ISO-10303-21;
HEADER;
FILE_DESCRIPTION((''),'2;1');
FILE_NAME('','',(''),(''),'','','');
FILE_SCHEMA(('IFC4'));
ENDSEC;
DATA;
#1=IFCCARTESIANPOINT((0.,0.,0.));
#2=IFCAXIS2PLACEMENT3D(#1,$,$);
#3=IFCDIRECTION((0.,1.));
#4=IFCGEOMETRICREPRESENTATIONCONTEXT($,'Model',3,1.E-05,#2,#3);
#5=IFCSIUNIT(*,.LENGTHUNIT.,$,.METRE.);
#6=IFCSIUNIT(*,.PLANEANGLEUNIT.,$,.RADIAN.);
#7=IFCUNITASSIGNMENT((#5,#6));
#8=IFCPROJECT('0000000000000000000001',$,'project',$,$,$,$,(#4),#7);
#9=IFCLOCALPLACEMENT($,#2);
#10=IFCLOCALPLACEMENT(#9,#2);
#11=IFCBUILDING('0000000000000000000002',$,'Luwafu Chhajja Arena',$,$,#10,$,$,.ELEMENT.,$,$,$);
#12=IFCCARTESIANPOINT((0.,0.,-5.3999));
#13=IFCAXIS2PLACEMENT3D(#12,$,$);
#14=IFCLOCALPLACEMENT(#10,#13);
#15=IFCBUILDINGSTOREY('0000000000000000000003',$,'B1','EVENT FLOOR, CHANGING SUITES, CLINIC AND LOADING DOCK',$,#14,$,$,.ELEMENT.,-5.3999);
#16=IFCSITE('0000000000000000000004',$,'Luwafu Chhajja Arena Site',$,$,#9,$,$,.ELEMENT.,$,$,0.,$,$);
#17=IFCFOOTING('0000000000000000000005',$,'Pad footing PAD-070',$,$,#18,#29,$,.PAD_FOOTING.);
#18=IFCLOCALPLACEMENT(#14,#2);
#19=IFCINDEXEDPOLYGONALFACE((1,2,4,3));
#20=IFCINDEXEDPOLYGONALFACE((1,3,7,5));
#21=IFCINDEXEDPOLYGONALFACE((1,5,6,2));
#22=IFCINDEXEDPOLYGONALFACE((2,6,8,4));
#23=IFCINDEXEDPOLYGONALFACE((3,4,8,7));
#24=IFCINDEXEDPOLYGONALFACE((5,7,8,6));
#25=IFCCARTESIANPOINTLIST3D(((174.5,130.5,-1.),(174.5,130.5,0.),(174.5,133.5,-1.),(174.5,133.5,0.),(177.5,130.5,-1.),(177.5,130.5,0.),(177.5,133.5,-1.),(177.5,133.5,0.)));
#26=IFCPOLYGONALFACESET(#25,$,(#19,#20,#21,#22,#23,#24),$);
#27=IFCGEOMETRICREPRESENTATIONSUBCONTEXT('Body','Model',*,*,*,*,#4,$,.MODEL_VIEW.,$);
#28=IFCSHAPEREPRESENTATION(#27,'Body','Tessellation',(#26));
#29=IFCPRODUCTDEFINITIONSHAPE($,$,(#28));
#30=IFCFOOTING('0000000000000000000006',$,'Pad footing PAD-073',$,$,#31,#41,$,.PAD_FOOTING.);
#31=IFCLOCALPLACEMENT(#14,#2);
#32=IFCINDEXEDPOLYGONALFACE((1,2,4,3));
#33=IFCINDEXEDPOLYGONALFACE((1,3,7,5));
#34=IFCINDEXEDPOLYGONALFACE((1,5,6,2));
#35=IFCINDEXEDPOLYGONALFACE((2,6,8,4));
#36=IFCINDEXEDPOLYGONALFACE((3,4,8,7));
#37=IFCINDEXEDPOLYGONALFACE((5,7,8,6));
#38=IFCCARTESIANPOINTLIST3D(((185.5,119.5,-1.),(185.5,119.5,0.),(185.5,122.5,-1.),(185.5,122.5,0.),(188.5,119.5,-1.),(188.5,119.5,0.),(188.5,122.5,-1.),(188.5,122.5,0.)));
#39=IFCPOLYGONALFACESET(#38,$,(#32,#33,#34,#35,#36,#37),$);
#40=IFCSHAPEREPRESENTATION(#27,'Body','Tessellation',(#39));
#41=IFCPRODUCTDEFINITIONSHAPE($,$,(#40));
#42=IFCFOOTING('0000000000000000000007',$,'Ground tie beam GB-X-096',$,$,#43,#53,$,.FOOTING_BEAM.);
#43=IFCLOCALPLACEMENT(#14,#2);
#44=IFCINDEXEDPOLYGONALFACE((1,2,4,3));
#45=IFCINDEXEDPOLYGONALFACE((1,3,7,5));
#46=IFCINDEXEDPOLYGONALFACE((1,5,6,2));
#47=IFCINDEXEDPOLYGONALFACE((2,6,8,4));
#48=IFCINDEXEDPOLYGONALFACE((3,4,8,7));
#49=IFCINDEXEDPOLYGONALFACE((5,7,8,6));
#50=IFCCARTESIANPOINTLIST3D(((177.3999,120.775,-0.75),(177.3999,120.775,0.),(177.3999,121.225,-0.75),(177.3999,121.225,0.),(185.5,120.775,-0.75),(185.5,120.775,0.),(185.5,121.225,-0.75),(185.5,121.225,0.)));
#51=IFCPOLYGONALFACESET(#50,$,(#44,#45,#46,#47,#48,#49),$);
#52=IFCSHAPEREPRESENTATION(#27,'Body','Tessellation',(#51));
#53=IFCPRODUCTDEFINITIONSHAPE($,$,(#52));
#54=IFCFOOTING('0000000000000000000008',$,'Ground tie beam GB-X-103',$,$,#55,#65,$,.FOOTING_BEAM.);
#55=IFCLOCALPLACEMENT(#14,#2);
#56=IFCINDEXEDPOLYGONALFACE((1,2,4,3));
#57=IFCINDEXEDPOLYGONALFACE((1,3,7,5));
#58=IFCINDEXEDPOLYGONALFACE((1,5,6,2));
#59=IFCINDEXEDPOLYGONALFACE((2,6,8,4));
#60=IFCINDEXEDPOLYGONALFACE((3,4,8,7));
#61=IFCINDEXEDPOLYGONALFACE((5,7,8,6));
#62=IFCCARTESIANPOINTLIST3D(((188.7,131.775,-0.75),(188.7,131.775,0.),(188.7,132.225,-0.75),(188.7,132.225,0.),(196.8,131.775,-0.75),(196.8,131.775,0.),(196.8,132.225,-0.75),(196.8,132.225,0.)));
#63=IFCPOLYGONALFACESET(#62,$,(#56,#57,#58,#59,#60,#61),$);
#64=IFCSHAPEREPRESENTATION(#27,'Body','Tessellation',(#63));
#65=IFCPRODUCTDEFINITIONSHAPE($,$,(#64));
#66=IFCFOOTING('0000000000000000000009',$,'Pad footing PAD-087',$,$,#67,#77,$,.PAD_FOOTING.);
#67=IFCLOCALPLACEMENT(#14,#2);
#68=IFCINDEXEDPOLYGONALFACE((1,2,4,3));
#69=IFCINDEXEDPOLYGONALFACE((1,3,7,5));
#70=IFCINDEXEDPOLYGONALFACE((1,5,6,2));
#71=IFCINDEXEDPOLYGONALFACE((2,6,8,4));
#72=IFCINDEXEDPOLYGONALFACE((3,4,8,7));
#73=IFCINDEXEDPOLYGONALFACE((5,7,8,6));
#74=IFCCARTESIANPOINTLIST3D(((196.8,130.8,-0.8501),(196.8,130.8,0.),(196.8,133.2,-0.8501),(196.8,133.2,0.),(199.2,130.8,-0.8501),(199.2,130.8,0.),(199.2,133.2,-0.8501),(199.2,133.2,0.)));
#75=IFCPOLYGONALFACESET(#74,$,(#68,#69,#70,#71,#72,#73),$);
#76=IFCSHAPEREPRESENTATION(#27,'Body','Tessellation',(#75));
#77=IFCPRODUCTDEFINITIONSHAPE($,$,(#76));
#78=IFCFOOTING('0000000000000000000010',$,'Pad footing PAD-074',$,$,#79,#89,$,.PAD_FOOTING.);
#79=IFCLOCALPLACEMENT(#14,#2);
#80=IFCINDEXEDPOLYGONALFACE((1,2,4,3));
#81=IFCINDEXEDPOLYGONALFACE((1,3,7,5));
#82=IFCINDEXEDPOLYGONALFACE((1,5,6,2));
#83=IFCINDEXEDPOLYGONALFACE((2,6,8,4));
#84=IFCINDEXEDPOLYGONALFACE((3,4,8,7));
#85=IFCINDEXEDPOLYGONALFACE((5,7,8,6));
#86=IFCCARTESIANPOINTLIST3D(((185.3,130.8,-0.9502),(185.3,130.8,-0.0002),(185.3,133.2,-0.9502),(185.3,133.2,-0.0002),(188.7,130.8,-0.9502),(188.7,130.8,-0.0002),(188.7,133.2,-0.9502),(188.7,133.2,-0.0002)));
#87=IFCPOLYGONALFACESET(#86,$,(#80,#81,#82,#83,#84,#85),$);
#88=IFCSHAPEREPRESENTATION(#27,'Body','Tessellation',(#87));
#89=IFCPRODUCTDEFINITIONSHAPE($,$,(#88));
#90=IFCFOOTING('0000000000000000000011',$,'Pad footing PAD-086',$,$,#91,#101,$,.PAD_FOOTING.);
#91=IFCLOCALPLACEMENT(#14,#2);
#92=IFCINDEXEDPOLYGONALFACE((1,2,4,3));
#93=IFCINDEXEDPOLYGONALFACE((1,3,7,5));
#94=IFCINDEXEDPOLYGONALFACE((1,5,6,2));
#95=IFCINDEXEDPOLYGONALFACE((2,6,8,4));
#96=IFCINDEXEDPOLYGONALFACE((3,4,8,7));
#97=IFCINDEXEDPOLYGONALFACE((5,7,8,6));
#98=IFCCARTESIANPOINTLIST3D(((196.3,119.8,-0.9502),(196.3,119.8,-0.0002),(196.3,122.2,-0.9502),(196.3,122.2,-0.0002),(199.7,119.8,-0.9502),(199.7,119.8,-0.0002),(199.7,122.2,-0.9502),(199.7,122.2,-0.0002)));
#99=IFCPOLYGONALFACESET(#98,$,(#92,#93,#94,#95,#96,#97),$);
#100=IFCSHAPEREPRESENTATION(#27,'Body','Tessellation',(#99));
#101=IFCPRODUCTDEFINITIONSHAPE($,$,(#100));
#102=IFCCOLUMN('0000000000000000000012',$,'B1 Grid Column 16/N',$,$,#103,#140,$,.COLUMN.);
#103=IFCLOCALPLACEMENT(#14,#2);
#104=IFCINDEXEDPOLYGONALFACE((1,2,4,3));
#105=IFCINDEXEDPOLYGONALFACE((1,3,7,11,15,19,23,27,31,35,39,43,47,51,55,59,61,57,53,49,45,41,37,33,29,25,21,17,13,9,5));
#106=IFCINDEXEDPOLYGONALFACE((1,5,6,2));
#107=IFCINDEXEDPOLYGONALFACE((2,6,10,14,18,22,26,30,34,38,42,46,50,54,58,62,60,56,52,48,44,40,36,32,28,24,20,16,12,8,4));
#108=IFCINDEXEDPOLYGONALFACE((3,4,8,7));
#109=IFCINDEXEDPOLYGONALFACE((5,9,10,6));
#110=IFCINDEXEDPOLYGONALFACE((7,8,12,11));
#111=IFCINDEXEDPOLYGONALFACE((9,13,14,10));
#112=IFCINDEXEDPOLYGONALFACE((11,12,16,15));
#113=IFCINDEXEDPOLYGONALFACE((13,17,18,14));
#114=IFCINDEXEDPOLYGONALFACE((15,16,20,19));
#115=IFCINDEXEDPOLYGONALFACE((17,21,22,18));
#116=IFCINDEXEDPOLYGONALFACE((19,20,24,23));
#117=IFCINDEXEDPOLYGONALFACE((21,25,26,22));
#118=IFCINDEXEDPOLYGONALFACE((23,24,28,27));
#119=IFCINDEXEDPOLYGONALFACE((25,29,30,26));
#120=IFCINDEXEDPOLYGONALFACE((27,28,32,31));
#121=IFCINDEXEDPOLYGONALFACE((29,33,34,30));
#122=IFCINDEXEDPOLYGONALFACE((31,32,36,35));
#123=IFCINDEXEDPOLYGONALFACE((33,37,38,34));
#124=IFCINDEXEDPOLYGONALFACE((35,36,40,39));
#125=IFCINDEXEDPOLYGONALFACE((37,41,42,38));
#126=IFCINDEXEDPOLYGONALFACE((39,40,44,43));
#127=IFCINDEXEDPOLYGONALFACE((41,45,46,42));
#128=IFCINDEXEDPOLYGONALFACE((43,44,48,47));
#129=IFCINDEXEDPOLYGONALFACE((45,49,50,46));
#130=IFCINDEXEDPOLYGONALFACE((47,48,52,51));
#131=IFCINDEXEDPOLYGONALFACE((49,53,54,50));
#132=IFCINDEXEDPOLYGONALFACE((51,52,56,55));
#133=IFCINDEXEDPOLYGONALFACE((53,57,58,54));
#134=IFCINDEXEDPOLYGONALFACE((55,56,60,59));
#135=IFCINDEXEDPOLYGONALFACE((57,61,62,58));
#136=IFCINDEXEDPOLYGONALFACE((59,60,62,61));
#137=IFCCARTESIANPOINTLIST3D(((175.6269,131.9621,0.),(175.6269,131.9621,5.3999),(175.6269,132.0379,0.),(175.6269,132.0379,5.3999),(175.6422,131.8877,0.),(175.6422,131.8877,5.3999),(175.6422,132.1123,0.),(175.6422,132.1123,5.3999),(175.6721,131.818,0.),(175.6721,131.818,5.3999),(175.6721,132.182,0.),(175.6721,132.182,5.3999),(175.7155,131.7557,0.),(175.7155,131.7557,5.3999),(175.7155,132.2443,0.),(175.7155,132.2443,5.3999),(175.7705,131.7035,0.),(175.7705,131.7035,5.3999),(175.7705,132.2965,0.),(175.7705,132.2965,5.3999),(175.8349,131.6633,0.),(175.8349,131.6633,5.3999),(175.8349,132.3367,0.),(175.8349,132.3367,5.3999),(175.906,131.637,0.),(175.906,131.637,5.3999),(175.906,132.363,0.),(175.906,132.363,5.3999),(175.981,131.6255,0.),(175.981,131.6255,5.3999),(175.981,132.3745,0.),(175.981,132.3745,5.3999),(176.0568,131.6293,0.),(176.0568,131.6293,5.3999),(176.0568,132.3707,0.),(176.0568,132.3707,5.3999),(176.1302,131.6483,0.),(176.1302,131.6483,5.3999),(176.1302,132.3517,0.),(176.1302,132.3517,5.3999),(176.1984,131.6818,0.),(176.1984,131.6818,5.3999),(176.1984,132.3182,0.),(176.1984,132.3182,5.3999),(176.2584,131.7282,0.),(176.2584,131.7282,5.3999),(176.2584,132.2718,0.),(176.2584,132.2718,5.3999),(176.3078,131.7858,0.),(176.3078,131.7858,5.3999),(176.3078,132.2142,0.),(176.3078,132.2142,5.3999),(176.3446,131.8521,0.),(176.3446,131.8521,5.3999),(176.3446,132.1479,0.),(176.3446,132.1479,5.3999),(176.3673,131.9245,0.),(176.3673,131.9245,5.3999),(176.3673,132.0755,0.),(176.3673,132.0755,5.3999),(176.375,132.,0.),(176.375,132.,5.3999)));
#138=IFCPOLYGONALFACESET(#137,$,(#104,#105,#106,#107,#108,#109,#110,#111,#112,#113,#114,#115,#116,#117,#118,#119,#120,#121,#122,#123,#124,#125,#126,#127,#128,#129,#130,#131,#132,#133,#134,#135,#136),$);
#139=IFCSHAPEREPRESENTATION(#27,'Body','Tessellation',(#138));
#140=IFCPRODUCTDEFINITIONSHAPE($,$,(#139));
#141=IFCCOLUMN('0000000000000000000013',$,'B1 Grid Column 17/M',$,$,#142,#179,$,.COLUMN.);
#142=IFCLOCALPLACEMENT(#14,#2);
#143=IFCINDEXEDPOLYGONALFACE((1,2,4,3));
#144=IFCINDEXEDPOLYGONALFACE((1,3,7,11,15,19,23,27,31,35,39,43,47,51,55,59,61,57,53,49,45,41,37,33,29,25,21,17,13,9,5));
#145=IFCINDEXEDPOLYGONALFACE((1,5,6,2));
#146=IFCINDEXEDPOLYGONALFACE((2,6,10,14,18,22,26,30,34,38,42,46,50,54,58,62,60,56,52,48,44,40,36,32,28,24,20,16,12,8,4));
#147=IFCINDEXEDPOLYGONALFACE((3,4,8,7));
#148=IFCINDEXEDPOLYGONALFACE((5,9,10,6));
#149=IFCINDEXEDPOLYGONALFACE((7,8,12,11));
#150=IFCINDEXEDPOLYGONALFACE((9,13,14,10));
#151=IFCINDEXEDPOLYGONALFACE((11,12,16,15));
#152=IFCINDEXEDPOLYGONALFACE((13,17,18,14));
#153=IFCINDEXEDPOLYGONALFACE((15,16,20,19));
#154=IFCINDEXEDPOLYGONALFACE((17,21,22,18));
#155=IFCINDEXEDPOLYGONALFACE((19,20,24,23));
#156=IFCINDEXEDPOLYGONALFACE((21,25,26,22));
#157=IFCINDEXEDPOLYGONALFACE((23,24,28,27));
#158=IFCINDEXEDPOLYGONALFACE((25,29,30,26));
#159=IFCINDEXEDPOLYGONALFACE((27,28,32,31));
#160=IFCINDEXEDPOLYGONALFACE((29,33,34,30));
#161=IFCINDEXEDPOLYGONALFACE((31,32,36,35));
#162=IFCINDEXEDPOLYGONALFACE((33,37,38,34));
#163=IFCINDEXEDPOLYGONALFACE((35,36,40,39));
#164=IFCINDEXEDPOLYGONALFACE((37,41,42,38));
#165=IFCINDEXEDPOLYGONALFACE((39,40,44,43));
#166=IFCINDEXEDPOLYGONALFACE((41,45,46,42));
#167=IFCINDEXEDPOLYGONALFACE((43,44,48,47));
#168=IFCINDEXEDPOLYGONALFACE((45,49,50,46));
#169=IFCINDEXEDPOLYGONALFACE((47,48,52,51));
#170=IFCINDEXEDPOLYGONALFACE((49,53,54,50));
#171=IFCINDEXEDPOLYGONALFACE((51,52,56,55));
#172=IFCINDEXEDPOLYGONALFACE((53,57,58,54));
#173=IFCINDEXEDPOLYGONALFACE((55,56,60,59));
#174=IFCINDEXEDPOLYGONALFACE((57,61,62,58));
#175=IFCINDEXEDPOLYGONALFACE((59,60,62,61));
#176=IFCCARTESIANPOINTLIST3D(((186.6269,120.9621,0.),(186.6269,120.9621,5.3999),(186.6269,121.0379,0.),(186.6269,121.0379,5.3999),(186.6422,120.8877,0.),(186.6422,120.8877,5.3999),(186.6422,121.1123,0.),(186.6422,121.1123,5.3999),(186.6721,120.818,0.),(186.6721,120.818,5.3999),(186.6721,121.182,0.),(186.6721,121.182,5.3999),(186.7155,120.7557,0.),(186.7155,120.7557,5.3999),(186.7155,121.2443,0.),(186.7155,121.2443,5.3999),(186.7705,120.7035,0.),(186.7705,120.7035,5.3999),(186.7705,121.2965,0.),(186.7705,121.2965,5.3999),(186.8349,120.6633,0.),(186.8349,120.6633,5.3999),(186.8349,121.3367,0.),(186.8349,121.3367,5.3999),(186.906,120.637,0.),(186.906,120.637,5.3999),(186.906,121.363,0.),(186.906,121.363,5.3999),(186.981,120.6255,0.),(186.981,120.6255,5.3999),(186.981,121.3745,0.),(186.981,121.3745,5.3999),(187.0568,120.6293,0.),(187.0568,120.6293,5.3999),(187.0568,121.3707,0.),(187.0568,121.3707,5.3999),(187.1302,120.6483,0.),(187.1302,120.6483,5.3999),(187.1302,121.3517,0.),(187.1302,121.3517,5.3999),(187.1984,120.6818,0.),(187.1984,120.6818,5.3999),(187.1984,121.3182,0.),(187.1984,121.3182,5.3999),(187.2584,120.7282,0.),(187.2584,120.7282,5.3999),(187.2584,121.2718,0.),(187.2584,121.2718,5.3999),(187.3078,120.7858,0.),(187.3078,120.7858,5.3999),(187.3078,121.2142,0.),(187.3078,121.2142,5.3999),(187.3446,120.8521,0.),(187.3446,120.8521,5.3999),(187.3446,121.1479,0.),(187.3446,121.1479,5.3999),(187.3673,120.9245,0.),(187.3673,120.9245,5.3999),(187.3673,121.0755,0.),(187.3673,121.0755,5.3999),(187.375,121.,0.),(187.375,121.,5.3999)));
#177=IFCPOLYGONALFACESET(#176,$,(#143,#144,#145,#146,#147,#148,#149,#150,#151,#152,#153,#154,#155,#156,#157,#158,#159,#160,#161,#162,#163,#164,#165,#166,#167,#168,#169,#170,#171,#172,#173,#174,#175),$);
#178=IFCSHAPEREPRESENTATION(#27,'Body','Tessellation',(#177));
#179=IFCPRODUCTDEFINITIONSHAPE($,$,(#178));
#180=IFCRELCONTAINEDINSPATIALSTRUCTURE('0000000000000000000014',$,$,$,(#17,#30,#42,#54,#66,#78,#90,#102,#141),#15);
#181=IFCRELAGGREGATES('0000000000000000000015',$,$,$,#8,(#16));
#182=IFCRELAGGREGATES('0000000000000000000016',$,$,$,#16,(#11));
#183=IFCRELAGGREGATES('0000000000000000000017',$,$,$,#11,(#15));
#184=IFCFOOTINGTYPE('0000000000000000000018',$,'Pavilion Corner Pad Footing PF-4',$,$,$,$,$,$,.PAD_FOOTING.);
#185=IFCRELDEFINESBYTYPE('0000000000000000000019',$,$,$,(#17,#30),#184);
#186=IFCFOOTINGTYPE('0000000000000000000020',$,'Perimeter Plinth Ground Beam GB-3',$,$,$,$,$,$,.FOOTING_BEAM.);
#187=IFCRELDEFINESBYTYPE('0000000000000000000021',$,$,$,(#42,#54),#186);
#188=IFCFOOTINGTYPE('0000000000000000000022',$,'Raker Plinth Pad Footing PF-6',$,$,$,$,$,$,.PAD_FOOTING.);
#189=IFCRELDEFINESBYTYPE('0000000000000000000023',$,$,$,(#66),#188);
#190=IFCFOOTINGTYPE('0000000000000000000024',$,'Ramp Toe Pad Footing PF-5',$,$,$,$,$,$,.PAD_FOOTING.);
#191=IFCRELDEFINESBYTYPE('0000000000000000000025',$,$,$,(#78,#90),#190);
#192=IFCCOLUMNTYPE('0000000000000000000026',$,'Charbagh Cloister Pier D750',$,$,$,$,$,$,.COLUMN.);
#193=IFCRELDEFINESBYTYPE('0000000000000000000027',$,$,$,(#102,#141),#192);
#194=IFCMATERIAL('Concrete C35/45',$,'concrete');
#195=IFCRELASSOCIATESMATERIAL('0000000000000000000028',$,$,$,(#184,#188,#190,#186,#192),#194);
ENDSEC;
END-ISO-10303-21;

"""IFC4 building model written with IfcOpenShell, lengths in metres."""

from ifc_helpers import new_model, si_unit, direction, frame, origin, origin_2d, place, context, subcontext, project, spatial, rectangle, circle, extrude, material, material_profile, profile_set, type_object, element, save


model = new_model("IFC4")

# Units and contexts
model_context = context("Model", 3, precision=1e-05, world=origin(), true_north=direction((0.0, 1.0)))
body_context = subcontext(model_context, "Body", "Model", "MODEL_VIEW")
ifc_project = project(units=[si_unit("LENGTHUNIT", "METRE"), si_unit("PLANEANGLEUNIT", "RADIAN")], contexts=[model_context])

# Site, building, storey
site_placement = place(None, origin())
site = spatial("IfcSite", under=ifc_project, at=site_placement, Name="Luwafu Chhajja Arena Site", CompositionType="ELEMENT", RefElevation=0.0)
building_placement = place(site_placement, origin())
building = spatial("IfcBuilding", under=site, at=building_placement, Name="Luwafu Chhajja Arena", CompositionType="ELEMENT")
storey_placement = place(building_placement, frame((0.0, 0.0, -5.3999)))
storey = spatial("IfcBuildingStorey", under=building, at=storey_placement, Name="B1", Description="EVENT FLOOR, CHANGING SUITES, CLINIC AND LOADING DOCK", CompositionType="ELEMENT", Elevation=-5.3999)

# Footings
ifc_material_1 = material(Name="Concrete C35/45", Category="concrete")
footing_type_1 = type_object("IfcFootingType", Name="Pavilion Corner Pad Footing PF-4", PredefinedType="PAD_FOOTING", material=ifc_material_1)
for number, where, z_axis, x_axis, name in (
    (1, (176.0, 132.0, -1.0), (0.0, 0.0, 1.0), (1.0, 0.0, 0.0), "Pad footing PAD-070"),
    (2, (187.0, 121.0, -1.0), (0.0, 0.0, 1.0), (1.0, 0.0, 0.0), "Pad footing PAD-073"),
):
    element("IfcFooting", number, at=place(storey_placement, frame(where, z_axis=z_axis, x_axis=x_axis)), inside=storey, type_object=footing_type_1, Name=name, PredefinedType="PAD_FOOTING", context=body_context, shape_type="SweptSolid", body=[
        extrude(rectangle(XDim=3.0, YDim=3.0, at=origin_2d()), origin(), (0.0, 0.0, 1.0), 1.0),
    ])
ifc_material_profile_1 = material_profile(ifc_material_1, rectangle(XDim=0.45, YDim=0.75, at=origin_2d()), Name="RC 450x750")
ifc_profile_set_1 = profile_set([ifc_material_profile_1], Name="Concrete C35/45")
footing_type_2 = type_object("IfcFootingType", Name="Perimeter Plinth Ground Beam GB-3", PredefinedType="FOOTING_BEAM", material=ifc_profile_set_1)
for number, where, z_axis, x_axis, name in (
    (3, (177.3999, 121.0, -0.375), (1.0, 0.0, 0.0), (0.0, 1.0, 0.0), "Ground tie beam GB-X-096"),
    (4, (188.7, 132.0, -0.375), (1.0, 0.0, 0.0), (0.0, 1.0, 0.0), "Ground tie beam GB-X-103"),
):
    element("IfcFooting", number, at=place(storey_placement, frame(where, z_axis=z_axis, x_axis=x_axis)), inside=storey, type_object=footing_type_2, Name=name, PredefinedType="FOOTING_BEAM", context=body_context, shape_type="SweptSolid", body=[
        extrude(rectangle(XDim=0.45, YDim=0.75, at=origin_2d()), origin(), (0.0, 0.0, 1.0), 8.1001),
    ])
footing_type_3 = type_object("IfcFootingType", Name="Raker Plinth Pad Footing PF-6", PredefinedType="PAD_FOOTING", material=ifc_material_1)
footing_placement = place(storey_placement, frame((198.0, 132.0, -0.8501), z_axis=(0.0, 0.0, 1.0), x_axis=(1.0, 0.0, 0.0)))
element("IfcFooting", 5, at=footing_placement, inside=storey, type_object=footing_type_3, Name="Pad footing PAD-087", PredefinedType="PAD_FOOTING", context=body_context, shape_type="SweptSolid", body=[
    extrude(rectangle(XDim=2.3999, YDim=2.3999, at=origin_2d()), origin(), (0.0, 0.0, 1.0), 0.8501),
])
footing_type_4 = type_object("IfcFootingType", Name="Ramp Toe Pad Footing PF-5", PredefinedType="PAD_FOOTING", material=ifc_material_1)
for number, where, z_axis, x_axis, name in (
    (6, (187.0, 132.0, -0.9502), (0.0, 0.0, 1.0), (1.0, 0.0, 0.0), "Pad footing PAD-074"),
    (7, (198.0, 121.0, -0.9502), (0.0, 0.0, 1.0), (1.0, 0.0, 0.0), "Pad footing PAD-086"),
):
    element("IfcFooting", number, at=place(storey_placement, frame(where, z_axis=z_axis, x_axis=x_axis)), inside=storey, type_object=footing_type_4, Name=name, PredefinedType="PAD_FOOTING", context=body_context, shape_type="SweptSolid", body=[
        extrude(rectangle(XDim=3.3999, YDim=2.3999, at=origin_2d()), origin(), (0.0, 0.0, 1.0), 0.95),
    ])

# Columns
ifc_material_profile_2 = material_profile(ifc_material_1, circle(Radius=0.375, at=origin_2d()), Name="RC COL D750")
ifc_profile_set_2 = profile_set([ifc_material_profile_2], Name="Concrete C35/45")
column_type_1 = type_object("IfcColumnType", Name="Charbagh Cloister Pier D750", PredefinedType="COLUMN", material=ifc_profile_set_2)
for number, where, z_axis, x_axis, name in (
    (8, (176.0, 132.0, 0.0), (0.0, 0.0, 1.0), (1.0, 0.0, 0.0), "B1 Grid Column 16/N"),
    (9, (187.0, 121.0, 0.0), (0.0, 0.0, 1.0), (1.0, 0.0, 0.0), "B1 Grid Column 17/M"),
):
    element("IfcColumn", number, at=place(storey_placement, frame(where, z_axis=z_axis, x_axis=x_axis)), inside=storey, type_object=column_type_1, Name=name, PredefinedType="COLUMN", context=body_context, shape_type="SweptSolid", body=[
        extrude(circle(Radius=0.375, at=origin_2d()), origin(), (0.0, 0.0, 1.0), 5.3999),
    ])

save(model, "model.ifc")
